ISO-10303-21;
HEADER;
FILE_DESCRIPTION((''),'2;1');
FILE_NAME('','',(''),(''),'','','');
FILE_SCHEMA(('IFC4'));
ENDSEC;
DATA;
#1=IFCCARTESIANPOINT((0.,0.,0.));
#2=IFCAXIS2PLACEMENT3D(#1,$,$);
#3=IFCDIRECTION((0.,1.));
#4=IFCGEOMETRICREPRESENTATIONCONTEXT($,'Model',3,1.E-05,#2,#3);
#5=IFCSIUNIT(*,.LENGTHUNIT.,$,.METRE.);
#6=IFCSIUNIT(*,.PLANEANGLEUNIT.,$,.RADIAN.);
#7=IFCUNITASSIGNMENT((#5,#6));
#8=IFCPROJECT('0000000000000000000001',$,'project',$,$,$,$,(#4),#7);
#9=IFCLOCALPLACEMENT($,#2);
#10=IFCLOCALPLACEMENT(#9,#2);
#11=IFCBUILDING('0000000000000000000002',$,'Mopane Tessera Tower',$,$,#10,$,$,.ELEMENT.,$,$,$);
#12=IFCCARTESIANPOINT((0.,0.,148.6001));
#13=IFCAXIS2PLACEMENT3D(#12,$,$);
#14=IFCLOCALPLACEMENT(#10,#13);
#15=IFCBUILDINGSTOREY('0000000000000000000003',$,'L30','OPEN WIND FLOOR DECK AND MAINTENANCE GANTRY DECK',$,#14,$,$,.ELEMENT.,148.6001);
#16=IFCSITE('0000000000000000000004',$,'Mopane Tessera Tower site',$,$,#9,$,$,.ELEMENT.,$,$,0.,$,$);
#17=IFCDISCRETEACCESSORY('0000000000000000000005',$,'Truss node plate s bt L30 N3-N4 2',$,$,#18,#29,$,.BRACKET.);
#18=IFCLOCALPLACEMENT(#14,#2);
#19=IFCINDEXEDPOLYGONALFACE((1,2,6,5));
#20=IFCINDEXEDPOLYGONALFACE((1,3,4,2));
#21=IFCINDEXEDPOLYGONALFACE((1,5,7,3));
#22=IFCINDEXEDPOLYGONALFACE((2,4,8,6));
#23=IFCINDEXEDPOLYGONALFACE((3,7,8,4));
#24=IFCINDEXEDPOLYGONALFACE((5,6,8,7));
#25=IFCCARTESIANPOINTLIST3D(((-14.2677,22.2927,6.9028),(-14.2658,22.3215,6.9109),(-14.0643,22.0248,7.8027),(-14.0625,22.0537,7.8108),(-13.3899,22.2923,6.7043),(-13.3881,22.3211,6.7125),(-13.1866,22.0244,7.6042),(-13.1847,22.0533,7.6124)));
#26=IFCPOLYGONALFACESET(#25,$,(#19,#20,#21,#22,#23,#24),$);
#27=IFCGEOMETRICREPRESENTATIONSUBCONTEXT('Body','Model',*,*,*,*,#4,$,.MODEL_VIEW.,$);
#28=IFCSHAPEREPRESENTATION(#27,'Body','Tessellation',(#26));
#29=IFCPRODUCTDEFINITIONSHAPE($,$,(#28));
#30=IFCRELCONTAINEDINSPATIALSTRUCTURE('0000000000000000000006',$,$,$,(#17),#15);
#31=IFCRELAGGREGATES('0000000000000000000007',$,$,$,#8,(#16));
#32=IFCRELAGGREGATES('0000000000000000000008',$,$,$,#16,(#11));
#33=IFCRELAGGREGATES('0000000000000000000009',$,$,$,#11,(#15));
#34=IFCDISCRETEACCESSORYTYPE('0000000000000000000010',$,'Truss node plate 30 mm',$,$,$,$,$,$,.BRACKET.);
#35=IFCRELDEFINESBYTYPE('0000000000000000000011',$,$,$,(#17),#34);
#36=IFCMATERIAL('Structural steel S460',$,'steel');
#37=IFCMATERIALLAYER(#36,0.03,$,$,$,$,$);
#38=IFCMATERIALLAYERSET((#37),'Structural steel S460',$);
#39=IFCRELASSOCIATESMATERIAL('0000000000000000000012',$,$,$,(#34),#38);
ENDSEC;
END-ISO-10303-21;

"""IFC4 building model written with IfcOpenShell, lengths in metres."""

from ifc_helpers import new_model, si_unit, direction, frame, origin, origin_2d, place, context, subcontext, project, spatial, rectangle, extrude, material, layer, layer_set, type_object, element, save


model = new_model("IFC4")

# Units and contexts
model_context = context("Model", 3, precision=1e-05, world=origin(), true_north=direction((0.0, 1.0)))
body_context = subcontext(model_context, "Body", "Model", "MODEL_VIEW")
ifc_project = project(units=[si_unit("LENGTHUNIT", "METRE"), si_unit("PLANEANGLEUNIT", "RADIAN")], contexts=[model_context])

# Site, building, storey
site_placement = place(None, origin())
site = spatial("IfcSite", under=ifc_project, at=site_placement, Name="Mopane Tessera Tower site", CompositionType="ELEMENT", RefElevation=0.0)
building_placement = place(site_placement, origin())
building = spatial("IfcBuilding", under=site, at=building_placement, Name="Mopane Tessera Tower", CompositionType="ELEMENT")
storey_placement = place(building_placement, frame((0.0, 0.0, 148.6001)))
storey = spatial("IfcBuildingStorey", under=building, at=storey_placement, Name="L30", Description="OPEN WIND FLOOR DECK AND MAINTENANCE GANTRY DECK", CompositionType="ELEMENT", Elevation=148.6001)

# Discrete accessory
ifc_material_1 = material(Name="Structural steel S460", Category="steel")
ifc_layer_1 = layer(ifc_material_1, 0.03)
ifc_layer_set_1 = layer_set([ifc_layer_1], Name="Structural steel S460")
discrete_accessory_type = type_object("IfcDiscreteAccessoryType", Name="Truss node plate 30 mm", PredefinedType="BRACKET", material=ifc_layer_set_1)
discrete_accessory_1_placement = place(storey_placement, frame((-13.8279, 22.3069, 6.8076), z_axis=(0.211692, -0.278783, 0.936732), x_axis=(-0.061898, -0.960354, -0.271825)))
element("IfcDiscreteAccessory", 1, at=discrete_accessory_1_placement, inside=storey, type_object=discrete_accessory_type, Name="Truss node plate s bt L30 N3-N4 2", PredefinedType="BRACKET", context=body_context, shape_type="SweptSolid", body=[
    extrude(rectangle(XDim=0.03, YDim=0.8999, at=origin_2d()), origin(), (0.0, 0.0, 1.0), 0.9607),
])

save(model, "model.ifc")
